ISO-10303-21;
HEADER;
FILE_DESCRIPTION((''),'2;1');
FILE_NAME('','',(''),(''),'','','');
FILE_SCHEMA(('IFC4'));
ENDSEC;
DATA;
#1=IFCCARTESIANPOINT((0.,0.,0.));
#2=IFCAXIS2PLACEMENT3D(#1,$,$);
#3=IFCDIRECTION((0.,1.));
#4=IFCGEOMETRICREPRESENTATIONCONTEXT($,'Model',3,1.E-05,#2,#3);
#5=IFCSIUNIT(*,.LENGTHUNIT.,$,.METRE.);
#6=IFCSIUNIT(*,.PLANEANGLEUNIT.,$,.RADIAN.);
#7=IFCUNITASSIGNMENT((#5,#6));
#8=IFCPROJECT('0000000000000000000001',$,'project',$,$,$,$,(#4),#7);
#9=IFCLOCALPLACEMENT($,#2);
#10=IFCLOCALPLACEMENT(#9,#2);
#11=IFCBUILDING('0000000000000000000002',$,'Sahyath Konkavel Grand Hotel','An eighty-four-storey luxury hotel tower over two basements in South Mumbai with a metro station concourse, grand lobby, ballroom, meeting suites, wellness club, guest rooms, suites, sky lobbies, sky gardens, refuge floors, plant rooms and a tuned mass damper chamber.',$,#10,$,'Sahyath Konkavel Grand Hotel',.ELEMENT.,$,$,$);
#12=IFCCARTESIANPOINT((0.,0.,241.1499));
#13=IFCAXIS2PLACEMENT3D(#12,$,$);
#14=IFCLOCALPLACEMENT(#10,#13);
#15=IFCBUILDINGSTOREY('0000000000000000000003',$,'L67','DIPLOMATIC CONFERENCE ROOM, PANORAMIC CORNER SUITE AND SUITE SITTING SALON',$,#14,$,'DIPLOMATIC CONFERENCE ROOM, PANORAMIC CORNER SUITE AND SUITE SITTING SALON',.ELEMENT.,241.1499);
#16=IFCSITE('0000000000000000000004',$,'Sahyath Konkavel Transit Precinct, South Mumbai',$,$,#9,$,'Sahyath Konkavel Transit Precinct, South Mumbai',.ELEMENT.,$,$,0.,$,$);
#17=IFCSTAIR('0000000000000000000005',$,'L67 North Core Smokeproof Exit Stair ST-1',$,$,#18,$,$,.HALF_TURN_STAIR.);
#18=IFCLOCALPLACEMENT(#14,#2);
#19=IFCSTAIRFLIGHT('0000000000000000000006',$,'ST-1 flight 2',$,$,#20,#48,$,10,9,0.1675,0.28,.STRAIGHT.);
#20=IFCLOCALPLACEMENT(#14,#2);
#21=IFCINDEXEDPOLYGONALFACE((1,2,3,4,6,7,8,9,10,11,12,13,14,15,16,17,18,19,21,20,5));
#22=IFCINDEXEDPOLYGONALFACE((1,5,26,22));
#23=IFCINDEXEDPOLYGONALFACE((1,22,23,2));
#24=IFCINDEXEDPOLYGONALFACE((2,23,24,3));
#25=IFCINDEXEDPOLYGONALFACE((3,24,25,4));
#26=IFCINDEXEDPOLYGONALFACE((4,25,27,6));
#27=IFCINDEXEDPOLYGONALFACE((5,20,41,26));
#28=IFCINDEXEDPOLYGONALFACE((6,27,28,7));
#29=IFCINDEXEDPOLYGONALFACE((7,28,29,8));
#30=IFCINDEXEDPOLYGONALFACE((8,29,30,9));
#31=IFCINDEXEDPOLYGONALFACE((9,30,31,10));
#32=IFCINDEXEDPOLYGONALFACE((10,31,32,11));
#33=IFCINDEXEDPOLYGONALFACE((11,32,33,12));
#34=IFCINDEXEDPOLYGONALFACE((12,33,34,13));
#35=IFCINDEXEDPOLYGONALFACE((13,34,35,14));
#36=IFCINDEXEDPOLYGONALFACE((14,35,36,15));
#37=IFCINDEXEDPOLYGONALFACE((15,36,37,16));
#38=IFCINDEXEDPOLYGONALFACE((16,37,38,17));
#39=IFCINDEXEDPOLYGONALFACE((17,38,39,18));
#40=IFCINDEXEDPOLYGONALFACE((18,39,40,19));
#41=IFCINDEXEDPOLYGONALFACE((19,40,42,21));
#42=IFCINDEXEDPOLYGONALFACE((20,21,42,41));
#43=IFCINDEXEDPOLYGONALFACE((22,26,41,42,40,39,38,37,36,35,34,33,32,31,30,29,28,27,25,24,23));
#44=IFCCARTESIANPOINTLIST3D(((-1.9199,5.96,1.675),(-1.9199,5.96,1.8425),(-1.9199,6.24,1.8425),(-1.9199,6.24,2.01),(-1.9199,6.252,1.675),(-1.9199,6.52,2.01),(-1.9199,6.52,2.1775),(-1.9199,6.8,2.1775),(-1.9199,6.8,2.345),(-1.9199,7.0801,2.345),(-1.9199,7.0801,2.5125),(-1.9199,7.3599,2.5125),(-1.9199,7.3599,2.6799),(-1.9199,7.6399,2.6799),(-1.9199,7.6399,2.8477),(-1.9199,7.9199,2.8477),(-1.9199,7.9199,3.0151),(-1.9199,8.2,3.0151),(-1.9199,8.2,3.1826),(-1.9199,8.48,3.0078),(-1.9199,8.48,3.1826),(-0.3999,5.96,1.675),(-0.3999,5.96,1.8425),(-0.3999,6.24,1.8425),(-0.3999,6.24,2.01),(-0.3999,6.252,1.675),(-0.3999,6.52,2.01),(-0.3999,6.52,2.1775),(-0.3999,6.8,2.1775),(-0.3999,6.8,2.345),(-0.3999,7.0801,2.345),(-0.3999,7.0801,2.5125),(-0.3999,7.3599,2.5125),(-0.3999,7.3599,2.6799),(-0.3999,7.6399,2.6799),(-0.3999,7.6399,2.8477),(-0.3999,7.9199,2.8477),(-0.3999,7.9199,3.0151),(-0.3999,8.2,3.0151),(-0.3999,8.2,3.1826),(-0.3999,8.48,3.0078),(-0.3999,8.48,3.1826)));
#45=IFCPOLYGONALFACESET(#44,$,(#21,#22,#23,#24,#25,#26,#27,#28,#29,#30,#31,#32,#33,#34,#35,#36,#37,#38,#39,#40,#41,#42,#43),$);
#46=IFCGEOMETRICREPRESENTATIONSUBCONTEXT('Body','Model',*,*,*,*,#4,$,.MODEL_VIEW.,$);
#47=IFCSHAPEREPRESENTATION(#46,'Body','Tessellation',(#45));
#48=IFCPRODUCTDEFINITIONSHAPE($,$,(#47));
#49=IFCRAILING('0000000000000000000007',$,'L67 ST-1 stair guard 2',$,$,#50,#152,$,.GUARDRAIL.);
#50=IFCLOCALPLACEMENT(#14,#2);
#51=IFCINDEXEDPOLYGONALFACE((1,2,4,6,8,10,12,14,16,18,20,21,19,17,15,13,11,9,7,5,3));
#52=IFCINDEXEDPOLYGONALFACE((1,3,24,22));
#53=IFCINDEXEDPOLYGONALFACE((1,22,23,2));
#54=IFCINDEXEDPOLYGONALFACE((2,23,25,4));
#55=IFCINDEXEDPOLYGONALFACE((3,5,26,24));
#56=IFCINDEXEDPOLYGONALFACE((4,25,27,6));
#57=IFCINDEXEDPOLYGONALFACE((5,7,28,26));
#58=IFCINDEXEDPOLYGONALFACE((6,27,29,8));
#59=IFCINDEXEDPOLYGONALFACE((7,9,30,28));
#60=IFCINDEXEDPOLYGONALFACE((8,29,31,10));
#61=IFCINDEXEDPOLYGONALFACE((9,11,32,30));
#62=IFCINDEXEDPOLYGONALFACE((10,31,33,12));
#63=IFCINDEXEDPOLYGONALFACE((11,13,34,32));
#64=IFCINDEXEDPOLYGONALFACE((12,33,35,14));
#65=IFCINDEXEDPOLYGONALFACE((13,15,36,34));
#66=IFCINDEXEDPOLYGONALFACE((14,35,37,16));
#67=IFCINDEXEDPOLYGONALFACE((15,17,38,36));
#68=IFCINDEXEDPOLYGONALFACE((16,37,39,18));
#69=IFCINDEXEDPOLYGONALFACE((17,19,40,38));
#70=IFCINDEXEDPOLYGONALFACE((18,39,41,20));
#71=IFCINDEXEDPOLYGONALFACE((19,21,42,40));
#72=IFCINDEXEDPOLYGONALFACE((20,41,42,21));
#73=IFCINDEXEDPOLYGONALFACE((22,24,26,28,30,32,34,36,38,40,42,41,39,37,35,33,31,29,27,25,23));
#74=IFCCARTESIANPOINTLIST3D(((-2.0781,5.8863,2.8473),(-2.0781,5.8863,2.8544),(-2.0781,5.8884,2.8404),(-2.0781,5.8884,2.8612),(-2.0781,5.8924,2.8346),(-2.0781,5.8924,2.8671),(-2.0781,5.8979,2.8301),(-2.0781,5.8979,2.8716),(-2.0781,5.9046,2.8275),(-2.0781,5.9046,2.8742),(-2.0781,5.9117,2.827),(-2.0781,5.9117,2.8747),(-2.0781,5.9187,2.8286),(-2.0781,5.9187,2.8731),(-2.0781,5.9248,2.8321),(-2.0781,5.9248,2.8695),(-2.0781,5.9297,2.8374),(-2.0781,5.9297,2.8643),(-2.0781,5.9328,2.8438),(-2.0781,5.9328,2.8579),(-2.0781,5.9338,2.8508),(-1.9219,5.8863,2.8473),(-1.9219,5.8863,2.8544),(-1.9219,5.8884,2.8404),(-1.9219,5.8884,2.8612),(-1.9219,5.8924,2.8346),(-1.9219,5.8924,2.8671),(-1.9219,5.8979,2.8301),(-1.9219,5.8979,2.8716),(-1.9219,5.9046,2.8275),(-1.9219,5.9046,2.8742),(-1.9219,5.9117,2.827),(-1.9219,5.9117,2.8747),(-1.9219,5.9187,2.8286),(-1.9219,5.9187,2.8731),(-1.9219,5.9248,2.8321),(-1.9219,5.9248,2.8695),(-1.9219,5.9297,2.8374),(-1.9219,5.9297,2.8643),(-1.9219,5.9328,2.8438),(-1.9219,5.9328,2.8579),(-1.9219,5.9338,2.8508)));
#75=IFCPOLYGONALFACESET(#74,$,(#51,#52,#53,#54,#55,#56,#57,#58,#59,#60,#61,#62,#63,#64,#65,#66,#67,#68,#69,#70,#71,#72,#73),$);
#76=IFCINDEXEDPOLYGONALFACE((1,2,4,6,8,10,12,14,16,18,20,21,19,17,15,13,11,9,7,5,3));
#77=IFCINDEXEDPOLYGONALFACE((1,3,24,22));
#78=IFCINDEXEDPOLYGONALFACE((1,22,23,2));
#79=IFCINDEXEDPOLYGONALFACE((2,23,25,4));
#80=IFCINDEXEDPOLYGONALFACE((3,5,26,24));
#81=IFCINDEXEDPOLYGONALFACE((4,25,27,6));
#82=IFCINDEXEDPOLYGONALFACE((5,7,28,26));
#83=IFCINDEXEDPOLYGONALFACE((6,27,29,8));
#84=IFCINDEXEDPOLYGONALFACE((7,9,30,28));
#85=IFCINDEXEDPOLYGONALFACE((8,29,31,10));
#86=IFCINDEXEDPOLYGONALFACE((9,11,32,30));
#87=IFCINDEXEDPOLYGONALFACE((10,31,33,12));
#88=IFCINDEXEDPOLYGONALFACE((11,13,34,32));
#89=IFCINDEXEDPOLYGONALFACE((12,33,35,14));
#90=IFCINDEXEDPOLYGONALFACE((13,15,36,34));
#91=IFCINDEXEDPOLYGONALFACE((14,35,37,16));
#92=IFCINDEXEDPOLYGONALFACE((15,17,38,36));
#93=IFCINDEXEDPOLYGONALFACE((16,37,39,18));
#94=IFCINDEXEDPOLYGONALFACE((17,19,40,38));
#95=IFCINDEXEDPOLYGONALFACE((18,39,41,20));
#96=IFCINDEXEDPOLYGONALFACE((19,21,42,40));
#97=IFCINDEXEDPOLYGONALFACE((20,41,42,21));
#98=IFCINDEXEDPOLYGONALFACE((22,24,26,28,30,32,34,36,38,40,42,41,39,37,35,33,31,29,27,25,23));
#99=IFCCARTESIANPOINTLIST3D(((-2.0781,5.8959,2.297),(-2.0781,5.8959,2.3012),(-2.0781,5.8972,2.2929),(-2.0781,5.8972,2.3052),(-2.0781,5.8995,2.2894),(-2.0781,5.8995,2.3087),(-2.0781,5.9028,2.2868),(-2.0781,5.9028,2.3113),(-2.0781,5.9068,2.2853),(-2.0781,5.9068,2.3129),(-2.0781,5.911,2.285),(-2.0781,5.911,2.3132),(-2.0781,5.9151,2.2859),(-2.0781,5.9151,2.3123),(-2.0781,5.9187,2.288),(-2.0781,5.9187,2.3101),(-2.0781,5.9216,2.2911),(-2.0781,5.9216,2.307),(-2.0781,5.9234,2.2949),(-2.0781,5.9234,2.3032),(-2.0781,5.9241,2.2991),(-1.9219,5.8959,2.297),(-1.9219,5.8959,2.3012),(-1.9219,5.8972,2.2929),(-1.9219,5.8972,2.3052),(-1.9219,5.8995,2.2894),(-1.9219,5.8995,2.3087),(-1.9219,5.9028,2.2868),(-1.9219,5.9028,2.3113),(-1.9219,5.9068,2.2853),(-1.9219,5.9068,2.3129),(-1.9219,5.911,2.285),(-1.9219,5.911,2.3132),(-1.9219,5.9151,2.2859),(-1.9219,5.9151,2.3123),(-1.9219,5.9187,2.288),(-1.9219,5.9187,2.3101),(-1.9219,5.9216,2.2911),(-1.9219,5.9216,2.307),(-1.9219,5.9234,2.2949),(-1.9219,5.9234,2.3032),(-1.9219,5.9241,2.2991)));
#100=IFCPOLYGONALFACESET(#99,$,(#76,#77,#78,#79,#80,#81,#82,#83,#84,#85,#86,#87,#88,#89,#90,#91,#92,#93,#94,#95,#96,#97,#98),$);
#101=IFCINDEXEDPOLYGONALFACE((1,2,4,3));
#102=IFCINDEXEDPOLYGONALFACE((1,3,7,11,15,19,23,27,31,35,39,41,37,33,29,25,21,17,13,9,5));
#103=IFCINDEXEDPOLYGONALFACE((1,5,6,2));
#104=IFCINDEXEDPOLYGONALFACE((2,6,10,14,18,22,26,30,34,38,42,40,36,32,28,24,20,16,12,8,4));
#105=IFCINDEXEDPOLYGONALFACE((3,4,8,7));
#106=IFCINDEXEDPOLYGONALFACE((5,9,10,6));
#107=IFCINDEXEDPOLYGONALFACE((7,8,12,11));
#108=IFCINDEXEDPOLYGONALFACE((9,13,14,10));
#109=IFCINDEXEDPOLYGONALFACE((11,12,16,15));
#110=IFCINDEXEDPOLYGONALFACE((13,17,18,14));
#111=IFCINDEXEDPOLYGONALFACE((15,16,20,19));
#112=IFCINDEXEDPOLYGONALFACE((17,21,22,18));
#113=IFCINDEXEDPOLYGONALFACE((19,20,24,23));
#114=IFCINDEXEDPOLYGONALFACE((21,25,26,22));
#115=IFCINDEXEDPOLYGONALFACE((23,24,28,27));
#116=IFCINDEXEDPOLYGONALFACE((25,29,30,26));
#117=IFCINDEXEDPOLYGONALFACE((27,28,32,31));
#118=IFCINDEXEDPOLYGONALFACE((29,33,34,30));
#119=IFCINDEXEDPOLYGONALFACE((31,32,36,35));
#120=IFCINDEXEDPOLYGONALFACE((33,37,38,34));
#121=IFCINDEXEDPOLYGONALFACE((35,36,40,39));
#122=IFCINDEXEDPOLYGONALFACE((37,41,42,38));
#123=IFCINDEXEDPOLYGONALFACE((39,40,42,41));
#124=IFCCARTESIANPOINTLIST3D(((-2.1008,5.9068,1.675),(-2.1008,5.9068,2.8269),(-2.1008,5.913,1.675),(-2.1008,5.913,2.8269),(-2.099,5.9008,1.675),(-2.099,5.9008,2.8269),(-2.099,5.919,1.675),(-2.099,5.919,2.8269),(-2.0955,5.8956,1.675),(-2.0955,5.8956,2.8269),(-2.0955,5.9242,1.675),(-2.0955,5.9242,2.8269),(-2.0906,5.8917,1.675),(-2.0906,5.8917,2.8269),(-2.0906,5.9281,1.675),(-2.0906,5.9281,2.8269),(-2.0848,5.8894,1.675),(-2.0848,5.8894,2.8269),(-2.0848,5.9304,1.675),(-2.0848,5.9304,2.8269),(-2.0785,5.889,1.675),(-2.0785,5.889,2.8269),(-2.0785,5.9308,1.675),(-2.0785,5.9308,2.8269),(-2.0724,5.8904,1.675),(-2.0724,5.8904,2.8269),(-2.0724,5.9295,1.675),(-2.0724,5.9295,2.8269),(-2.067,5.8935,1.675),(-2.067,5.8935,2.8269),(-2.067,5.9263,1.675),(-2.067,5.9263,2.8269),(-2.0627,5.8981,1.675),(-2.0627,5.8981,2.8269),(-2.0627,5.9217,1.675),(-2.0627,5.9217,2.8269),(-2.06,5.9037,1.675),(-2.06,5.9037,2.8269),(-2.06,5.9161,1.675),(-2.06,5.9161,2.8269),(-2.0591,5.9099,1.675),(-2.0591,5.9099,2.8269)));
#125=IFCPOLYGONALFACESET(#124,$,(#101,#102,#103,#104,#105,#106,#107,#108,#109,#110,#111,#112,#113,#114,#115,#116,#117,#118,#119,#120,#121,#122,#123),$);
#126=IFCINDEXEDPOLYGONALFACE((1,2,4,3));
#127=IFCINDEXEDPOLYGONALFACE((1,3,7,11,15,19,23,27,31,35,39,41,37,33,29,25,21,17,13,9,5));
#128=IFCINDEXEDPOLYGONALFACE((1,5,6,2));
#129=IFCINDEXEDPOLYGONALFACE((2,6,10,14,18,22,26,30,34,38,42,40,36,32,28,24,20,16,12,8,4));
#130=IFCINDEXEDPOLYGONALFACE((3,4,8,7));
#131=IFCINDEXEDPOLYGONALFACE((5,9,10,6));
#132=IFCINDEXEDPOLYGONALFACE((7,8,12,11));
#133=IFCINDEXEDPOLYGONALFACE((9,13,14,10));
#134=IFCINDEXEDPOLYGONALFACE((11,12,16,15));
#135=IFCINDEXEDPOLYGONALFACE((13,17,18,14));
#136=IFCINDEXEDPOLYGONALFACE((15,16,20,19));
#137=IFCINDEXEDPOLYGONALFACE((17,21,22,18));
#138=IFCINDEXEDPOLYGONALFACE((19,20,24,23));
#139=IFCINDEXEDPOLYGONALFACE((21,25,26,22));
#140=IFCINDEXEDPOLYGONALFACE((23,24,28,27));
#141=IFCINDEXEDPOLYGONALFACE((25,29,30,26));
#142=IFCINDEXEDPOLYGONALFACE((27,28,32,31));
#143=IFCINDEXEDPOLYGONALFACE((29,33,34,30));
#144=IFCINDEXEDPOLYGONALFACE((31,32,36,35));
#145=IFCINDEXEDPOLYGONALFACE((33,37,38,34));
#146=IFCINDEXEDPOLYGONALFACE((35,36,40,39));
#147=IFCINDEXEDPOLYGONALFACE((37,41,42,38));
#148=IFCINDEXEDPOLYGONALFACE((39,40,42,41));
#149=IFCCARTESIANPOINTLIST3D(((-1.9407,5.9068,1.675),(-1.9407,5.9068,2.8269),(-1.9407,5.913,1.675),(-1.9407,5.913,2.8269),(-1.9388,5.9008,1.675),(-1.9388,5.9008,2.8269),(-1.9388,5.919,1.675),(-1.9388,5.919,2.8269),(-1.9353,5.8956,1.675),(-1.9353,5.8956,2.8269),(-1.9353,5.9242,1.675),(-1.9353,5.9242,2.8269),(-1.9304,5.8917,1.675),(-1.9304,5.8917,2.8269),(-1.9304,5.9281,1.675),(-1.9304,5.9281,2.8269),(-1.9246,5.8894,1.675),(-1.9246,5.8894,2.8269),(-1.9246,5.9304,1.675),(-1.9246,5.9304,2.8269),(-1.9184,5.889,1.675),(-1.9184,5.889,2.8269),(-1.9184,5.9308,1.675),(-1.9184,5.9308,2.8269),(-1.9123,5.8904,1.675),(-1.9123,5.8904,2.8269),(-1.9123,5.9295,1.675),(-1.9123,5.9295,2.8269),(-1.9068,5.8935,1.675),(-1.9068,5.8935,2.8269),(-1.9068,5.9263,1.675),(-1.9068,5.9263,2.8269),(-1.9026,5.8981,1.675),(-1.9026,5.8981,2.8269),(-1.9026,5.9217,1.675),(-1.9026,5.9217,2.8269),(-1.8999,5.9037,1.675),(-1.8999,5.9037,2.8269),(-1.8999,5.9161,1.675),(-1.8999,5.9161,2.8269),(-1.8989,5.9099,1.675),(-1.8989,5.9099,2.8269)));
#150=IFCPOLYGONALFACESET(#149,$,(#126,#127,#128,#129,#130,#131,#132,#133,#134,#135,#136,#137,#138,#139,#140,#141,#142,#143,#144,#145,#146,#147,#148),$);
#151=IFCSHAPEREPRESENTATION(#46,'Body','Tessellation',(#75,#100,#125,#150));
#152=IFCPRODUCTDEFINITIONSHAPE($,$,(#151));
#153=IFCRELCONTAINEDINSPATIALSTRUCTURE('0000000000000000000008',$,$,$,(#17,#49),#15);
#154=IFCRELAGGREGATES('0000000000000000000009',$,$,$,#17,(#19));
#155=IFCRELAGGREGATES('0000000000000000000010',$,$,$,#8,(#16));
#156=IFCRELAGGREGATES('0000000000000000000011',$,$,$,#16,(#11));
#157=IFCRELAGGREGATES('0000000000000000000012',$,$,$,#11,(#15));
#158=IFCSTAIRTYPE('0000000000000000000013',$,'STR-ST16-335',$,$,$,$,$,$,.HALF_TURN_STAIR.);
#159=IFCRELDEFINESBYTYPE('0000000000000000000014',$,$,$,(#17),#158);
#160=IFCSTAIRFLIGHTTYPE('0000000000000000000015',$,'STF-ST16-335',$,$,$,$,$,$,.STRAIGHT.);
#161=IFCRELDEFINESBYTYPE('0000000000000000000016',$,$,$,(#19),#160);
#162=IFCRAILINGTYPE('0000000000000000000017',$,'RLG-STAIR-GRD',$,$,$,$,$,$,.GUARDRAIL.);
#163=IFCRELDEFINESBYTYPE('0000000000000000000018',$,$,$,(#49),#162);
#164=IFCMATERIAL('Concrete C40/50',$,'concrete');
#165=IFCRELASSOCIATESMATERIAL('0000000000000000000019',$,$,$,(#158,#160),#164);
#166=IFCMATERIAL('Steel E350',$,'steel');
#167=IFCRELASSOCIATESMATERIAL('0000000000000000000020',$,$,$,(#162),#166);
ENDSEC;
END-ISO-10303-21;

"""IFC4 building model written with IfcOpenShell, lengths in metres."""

from ifc_helpers import new_model, si_unit, direction, frame, origin, origin_2d, place, context, subcontext, project, spatial, polyline, circle, outline, extrude, material, type_object, element, aggregate, save


model = new_model("IFC4")

# Units and contexts
model_context = context("Model", 3, precision=1e-05, world=origin(), true_north=direction((0.0, 1.0)))
body_context = subcontext(model_context, "Body", "Model", "MODEL_VIEW")
ifc_project = project(units=[si_unit("LENGTHUNIT", "METRE"), si_unit("PLANEANGLEUNIT", "RADIAN")], contexts=[model_context])

# Site, building, storey
site_placement = place(None, origin())
site = spatial("IfcSite", under=ifc_project, at=site_placement, Name="Sahyath Konkavel Transit Precinct, South Mumbai", LongName="Sahyath Konkavel Transit Precinct, South Mumbai", CompositionType="ELEMENT", RefElevation=0.0)
building_placement = place(site_placement, origin())
building = spatial("IfcBuilding", under=site, at=building_placement, Name="Sahyath Konkavel Grand Hotel", Description="An eighty-four-storey luxury hotel tower over two basements in South Mumbai with a metro station concourse, grand lobby, ballroom, meeting suites, wellness club, guest rooms, suites, sky lobbies, sky gardens, refuge floors, plant rooms and a tuned mass damper chamber.", LongName="Sahyath Konkavel Grand Hotel", CompositionType="ELEMENT")
storey_placement = place(building_placement, frame((0.0, 0.0, 241.1499)))
storey = spatial("IfcBuildingStorey", under=building, at=storey_placement, Name="L67", Description="DIPLOMATIC CONFERENCE ROOM, PANORAMIC CORNER SUITE AND SUITE SITTING SALON", LongName="DIPLOMATIC CONFERENCE ROOM, PANORAMIC CORNER SUITE AND SUITE SITTING SALON", CompositionType="ELEMENT", Elevation=241.1499)

# Shared definitions
ifc_material_1 = material(Name="Concrete C40/50", Category="concrete")

# Shared definitions
ifc_material_2 = material(Name="Steel E350", Category="steel")

# Stair
stair_type = type_object("IfcStairType", Name="STR-ST16-335", PredefinedType="HALF_TURN_STAIR", material=ifc_material_1)
stair_1_placement = place(storey_placement, origin())
stair_1 = element("IfcStair", 1, at=stair_1_placement, inside=storey, type_object=stair_type, Name="L67 North Core Smokeproof Exit Stair ST-1", PredefinedType="HALF_TURN_STAIR")

# Stair flight
stair_flight_type = type_object("IfcStairFlightType", Name="STF-ST16-335", PredefinedType="STRAIGHT", material=ifc_material_1)
stair_flight_placement = place(storey_placement, frame((-1.1599, 5.96, 1.675), z_axis=(0.0, 0.0, 1.0), x_axis=(0.0, 1.0, 0.0)))
stair_flight = element("IfcStairFlight", 2, at=stair_flight_placement, type_object=stair_flight_type, Name="ST-1 flight 2", NumberOfRisers=10, NumberOfTreads=9, PredefinedType="STRAIGHT", RiserHeight=0.1675, TreadLength=0.28, context=body_context, shape_type="SweptSolid", body=[
    extrude(outline(polyline([(0.0, 0.0), (0.0, 0.1675), (0.28, 0.1675), (0.28, 0.335), (0.5601, 0.335), (0.5601, 0.5024), (0.8401, 0.5024), (0.8401, 0.6699), (1.1201, 0.6699), (1.1201, 0.8374), (1.3999, 0.8374), (1.3999, 1.0049), (1.6799, 1.0049), (1.6799, 1.1726), (1.96, 1.1726), (1.96, 1.3401), (2.24, 1.3401), (2.24, 1.5076), (2.52, 1.5076), (2.52, 1.675), (2.52, 1.3328), (0.292, 0.0), (0.0, 0.0)])), frame((0.0, 0.76, 0.0), z_axis=(0.0, -1.0, 0.0), x_axis=(1.0, 0.0, 0.0)), (0.0, 0.0, 1.0), 1.52),
])
aggregate(stair_1, [stair_flight])

# Railing
railing_type_1 = type_object("IfcRailingType", Name="RLG-STAIR-GRD", PredefinedType="GUARDRAIL", material=ifc_material_2)
railing_1_placement = place(storey_placement, frame((-2.0801, 5.9099, 1.675)))
element("IfcRailing", 3, at=railing_1_placement, inside=storey, type_object=railing_type_1, Name="L67 ST-1 stair guard 2", PredefinedType="GUARDRAIL", context=body_context, shape_type="SweptSolid", body=[
    extrude(circle(Radius=0.0239, at=origin_2d()), frame((0.002, 0.0, 1.1758), z_axis=(1.0, 0.0, 0.0), x_axis=(0.0, 1.0, 0.0)), (0.0, 0.0, 1.0), 0.1562),
    extrude(circle(Radius=0.0142, at=origin_2d()), frame((0.002, 0.0, 0.624), z_axis=(1.0, 0.0, 0.0), x_axis=(0.0, 1.0, 0.0)), (0.0, 0.0, 1.0), 0.1562),
    extrude(circle(Radius=0.021, at=origin_2d()), origin(), (0.0, 0.0, 1.0), 1.1519),
    extrude(circle(Radius=0.021, at=origin_2d()), frame((0.1602, 0.0, 0.0)), (0.0, 0.0, 1.0), 1.1519),
])

save(model, "model.ifc")
